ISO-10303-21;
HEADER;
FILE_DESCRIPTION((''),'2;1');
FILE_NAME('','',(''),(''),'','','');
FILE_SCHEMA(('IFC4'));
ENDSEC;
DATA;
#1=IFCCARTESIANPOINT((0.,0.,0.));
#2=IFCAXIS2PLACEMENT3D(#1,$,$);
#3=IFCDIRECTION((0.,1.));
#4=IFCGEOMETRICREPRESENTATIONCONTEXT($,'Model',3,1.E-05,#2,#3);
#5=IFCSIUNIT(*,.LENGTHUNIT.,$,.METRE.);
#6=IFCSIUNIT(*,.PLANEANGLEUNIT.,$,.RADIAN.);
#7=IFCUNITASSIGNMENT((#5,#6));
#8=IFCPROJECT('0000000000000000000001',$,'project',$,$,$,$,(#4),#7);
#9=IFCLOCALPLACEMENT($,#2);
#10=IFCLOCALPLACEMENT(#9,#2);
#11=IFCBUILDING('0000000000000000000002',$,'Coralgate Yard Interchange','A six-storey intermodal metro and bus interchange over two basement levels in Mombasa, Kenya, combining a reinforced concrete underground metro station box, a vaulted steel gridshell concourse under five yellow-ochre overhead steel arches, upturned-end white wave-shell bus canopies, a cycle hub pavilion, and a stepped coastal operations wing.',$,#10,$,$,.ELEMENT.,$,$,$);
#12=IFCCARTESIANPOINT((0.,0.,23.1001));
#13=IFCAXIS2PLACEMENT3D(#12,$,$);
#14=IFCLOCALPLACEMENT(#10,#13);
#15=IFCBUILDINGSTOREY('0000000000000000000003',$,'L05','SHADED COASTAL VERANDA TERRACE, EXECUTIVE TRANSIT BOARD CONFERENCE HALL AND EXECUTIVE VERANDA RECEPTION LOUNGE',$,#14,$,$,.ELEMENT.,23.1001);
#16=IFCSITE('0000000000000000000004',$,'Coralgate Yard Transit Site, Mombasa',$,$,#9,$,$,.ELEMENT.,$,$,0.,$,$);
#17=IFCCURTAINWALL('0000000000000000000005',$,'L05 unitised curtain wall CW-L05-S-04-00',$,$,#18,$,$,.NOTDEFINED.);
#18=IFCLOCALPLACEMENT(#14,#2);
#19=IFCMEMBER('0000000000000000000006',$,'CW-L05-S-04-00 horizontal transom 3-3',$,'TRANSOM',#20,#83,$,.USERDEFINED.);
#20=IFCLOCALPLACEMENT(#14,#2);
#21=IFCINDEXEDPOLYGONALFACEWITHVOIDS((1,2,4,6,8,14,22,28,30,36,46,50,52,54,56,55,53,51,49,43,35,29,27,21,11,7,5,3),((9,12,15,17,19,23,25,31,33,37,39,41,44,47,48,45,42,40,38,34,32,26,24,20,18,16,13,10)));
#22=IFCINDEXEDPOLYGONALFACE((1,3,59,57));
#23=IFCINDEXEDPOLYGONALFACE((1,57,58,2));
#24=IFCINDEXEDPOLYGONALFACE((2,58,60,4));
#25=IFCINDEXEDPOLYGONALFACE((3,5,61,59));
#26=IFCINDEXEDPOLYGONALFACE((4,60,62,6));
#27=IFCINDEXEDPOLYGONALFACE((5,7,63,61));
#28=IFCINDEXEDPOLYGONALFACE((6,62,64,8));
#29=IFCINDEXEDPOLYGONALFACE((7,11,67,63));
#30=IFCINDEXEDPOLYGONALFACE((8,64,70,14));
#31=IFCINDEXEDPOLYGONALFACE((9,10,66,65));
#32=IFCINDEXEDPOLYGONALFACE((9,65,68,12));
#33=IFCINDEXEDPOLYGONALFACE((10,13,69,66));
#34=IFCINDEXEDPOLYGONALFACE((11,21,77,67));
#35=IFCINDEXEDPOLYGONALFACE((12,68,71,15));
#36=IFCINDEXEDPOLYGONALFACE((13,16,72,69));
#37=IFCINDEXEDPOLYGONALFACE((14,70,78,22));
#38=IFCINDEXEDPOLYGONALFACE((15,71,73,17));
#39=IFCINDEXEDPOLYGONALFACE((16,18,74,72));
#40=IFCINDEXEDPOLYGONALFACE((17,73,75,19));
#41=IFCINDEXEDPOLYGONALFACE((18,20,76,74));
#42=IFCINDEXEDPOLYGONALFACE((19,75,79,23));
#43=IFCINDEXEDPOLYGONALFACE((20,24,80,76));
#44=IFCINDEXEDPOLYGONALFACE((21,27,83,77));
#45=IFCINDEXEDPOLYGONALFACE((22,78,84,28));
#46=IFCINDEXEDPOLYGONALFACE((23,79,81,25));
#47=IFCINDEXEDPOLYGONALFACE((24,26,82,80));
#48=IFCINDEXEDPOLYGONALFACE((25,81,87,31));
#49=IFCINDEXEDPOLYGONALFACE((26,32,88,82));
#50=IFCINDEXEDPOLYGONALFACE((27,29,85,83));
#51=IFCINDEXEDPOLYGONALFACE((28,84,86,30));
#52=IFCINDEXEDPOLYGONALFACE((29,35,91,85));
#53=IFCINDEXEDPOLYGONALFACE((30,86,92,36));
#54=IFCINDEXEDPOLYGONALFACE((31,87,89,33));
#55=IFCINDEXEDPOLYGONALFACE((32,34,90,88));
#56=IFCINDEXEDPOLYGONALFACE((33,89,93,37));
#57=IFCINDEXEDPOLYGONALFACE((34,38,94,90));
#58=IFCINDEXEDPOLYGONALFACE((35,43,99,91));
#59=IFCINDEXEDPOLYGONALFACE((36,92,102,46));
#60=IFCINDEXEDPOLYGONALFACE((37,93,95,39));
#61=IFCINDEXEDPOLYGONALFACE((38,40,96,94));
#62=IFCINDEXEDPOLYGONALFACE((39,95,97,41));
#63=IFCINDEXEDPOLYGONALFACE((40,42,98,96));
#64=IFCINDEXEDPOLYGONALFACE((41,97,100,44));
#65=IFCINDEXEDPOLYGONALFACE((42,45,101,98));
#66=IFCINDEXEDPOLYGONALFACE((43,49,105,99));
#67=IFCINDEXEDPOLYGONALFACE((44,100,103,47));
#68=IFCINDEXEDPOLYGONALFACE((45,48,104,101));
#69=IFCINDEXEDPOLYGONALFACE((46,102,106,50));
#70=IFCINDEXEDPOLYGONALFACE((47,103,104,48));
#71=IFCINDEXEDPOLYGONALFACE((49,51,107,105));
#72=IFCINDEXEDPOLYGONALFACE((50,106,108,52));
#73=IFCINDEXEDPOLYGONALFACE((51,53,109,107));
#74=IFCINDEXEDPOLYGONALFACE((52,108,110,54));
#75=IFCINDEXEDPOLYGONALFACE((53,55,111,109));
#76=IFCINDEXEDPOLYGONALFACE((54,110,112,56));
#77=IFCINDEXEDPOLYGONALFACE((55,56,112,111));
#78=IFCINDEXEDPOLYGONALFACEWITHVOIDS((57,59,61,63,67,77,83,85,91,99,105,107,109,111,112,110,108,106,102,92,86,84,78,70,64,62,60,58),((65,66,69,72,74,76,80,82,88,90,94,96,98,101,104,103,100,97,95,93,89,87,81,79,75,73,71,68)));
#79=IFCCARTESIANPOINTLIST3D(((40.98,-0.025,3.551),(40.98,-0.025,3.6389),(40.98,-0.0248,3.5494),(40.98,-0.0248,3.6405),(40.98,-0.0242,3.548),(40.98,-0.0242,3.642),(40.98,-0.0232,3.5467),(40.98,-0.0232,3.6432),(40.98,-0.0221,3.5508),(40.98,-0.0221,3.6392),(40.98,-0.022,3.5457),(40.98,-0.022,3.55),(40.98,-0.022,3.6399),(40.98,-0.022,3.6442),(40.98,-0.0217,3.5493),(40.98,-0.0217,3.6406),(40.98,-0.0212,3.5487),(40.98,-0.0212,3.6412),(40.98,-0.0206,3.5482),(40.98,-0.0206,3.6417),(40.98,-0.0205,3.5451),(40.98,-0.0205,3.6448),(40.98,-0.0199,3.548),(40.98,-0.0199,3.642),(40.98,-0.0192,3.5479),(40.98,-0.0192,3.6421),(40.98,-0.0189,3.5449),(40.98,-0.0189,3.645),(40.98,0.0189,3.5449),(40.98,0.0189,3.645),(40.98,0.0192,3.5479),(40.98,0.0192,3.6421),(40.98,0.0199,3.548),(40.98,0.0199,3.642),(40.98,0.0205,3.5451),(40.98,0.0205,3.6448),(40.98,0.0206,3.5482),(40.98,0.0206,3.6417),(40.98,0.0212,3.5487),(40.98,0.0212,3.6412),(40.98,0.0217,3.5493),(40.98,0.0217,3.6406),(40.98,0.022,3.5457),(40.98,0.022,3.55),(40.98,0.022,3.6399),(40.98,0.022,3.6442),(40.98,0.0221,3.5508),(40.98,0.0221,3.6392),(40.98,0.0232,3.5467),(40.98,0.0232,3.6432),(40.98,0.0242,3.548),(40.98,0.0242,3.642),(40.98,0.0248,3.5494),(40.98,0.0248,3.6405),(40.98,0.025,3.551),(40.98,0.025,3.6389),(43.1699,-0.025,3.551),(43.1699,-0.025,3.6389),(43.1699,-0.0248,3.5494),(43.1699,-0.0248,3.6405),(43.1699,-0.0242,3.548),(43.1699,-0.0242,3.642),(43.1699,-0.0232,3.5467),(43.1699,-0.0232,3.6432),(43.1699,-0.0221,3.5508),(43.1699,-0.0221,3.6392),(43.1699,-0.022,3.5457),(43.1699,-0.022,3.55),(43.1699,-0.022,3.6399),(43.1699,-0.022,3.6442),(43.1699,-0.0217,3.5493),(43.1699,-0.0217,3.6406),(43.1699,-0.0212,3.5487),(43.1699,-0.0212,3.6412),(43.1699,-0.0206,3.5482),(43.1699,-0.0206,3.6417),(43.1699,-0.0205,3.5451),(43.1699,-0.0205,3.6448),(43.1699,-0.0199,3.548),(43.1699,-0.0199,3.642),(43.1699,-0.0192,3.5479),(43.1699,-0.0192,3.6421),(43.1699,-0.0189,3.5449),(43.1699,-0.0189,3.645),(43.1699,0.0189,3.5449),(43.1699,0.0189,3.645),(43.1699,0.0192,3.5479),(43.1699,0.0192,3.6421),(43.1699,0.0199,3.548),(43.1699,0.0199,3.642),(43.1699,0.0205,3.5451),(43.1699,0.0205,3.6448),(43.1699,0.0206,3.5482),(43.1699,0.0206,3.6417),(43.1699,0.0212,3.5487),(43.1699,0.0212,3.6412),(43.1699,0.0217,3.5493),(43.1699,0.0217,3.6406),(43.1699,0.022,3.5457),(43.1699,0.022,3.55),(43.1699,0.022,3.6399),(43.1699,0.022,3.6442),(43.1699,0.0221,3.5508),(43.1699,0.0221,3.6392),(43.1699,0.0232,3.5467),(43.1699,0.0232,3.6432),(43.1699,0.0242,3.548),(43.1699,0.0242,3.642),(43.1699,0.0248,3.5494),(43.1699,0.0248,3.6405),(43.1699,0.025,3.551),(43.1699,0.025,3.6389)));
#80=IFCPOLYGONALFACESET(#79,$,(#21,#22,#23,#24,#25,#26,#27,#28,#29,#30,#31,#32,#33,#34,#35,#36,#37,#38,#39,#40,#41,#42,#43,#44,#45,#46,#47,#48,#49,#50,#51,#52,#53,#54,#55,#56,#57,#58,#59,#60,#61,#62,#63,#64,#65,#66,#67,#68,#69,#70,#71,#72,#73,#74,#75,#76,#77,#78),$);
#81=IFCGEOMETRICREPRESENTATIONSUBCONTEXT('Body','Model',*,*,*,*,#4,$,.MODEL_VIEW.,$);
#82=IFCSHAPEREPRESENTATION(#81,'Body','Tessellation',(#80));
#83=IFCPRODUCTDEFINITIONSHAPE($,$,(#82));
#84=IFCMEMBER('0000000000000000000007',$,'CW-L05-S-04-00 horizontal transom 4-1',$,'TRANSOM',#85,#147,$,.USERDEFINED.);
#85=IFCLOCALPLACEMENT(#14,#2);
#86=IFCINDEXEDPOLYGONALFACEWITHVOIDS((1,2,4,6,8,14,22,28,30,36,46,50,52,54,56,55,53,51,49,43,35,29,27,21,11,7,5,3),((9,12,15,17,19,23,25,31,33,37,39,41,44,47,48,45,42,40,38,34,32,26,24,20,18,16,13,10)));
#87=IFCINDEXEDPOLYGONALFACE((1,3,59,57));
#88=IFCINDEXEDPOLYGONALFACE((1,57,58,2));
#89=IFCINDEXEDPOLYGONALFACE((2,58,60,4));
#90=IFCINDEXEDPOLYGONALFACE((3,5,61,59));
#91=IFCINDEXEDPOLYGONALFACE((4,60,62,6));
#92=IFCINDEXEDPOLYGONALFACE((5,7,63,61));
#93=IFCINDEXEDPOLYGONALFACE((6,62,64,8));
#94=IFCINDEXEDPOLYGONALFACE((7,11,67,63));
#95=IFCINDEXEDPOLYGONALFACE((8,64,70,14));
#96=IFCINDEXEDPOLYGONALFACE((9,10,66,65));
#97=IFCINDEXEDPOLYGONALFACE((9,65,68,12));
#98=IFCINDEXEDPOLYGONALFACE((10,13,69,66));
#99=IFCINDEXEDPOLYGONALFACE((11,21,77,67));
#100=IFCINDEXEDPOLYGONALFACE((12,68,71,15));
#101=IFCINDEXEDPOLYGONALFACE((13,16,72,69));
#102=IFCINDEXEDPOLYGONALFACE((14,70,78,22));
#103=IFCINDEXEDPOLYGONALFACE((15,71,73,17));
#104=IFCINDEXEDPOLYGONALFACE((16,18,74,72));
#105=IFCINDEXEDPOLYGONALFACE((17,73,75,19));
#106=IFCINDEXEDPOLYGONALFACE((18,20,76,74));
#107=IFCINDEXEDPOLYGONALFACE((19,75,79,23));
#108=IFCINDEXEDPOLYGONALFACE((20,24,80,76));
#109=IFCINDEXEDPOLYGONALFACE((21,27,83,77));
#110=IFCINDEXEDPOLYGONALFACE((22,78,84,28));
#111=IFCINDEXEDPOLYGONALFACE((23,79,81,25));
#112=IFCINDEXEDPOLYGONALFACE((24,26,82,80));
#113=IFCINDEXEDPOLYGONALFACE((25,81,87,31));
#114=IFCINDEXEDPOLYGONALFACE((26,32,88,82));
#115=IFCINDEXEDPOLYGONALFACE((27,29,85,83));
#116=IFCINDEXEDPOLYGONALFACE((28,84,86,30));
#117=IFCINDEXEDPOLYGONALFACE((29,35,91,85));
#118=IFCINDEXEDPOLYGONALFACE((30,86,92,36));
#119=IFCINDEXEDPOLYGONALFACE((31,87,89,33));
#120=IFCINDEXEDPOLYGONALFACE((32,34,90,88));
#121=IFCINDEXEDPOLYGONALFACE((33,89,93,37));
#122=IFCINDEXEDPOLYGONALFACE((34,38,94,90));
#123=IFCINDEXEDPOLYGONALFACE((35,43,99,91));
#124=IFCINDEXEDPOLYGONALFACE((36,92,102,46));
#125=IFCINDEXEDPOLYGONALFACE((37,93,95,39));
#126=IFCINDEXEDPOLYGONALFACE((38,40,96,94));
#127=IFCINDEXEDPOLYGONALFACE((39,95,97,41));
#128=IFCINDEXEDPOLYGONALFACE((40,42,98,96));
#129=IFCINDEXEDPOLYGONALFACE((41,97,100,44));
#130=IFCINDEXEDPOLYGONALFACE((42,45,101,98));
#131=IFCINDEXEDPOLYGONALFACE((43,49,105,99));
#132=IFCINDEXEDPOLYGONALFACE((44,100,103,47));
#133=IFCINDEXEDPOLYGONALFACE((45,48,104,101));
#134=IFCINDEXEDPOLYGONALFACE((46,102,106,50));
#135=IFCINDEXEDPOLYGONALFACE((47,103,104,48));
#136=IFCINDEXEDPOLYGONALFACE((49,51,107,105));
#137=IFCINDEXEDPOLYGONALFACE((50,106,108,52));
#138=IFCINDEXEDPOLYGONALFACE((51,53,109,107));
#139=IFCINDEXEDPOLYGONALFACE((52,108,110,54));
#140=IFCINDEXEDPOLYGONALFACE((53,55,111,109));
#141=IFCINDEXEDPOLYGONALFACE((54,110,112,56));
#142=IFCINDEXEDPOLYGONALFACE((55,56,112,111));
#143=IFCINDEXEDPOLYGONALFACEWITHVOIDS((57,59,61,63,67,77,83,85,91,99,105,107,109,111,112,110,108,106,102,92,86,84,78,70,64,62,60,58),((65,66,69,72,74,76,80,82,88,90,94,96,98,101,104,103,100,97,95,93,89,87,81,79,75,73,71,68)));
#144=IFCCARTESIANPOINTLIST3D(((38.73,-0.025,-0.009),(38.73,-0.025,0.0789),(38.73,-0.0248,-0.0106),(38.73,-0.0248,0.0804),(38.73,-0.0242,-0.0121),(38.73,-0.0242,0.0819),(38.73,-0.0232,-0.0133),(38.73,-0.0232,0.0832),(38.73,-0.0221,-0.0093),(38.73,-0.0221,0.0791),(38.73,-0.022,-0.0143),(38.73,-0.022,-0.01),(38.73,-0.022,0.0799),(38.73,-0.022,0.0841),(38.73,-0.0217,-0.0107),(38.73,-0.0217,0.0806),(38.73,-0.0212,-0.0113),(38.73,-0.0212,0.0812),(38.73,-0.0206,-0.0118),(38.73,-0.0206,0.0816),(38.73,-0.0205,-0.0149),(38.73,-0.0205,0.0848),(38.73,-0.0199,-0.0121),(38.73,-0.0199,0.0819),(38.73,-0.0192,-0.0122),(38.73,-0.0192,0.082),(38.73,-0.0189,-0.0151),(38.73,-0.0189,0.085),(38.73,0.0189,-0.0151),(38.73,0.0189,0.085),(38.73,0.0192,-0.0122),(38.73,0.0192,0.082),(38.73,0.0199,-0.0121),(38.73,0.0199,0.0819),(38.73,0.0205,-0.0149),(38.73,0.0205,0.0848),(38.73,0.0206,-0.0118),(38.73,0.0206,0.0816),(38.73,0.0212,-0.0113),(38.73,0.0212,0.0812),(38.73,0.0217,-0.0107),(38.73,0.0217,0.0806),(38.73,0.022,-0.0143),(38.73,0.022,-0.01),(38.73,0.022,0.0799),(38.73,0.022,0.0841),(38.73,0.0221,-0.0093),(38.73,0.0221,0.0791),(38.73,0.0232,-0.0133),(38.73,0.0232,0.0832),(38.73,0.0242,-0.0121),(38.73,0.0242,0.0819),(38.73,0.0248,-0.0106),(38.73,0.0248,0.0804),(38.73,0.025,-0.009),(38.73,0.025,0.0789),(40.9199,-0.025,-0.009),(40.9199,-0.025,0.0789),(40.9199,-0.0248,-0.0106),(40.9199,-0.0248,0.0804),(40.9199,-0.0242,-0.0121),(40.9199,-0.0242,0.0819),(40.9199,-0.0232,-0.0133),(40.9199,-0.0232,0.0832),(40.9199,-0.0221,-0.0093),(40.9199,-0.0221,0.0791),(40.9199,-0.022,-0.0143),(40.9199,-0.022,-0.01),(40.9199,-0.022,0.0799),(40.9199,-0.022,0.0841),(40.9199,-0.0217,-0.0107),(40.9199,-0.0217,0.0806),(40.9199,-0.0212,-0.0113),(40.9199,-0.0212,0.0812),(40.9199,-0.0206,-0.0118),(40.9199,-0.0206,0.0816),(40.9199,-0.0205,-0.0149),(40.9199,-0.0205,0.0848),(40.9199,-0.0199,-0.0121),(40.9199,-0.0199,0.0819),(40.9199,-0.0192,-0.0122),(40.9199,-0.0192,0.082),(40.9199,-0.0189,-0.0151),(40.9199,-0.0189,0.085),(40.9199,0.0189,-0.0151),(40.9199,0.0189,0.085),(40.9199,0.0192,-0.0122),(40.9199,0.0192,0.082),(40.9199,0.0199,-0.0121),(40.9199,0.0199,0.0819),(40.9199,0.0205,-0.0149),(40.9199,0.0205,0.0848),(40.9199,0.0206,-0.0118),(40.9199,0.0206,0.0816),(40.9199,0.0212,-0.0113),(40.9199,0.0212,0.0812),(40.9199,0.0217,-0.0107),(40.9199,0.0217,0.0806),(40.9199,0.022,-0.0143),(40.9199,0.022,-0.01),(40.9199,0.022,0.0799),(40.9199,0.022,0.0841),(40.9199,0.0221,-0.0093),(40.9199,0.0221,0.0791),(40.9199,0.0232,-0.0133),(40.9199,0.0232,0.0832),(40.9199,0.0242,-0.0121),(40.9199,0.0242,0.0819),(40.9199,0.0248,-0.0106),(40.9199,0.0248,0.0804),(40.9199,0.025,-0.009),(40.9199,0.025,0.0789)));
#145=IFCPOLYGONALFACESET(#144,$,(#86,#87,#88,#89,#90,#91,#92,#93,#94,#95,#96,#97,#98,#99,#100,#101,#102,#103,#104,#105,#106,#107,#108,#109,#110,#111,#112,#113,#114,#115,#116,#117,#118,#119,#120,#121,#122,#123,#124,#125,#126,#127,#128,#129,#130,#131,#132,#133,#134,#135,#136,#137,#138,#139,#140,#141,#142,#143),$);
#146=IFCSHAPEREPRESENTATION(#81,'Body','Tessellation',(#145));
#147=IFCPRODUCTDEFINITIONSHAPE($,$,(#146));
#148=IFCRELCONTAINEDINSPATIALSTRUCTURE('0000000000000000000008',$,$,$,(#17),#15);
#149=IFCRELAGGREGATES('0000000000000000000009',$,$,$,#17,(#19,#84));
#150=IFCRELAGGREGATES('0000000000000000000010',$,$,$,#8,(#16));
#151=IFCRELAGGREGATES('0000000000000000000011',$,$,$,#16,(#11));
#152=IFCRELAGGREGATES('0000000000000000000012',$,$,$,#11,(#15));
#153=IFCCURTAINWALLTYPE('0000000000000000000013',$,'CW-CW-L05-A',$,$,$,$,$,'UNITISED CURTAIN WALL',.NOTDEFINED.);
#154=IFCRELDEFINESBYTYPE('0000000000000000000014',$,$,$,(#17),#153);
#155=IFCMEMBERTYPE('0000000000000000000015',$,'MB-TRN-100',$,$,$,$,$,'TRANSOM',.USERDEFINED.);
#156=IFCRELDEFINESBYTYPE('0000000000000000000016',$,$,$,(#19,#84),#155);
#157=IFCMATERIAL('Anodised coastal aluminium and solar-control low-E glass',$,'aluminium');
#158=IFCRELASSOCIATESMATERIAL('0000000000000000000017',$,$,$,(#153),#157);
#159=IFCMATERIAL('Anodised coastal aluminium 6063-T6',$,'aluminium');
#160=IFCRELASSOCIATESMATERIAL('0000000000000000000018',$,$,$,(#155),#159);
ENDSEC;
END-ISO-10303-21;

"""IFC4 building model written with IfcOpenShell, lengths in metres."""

from ifc_helpers import new_model, si_unit, direction, frame, origin, origin_2d, place, context, subcontext, project, spatial, hollow_rectangle, extrude, material, material_profile, profile_set, type_object, element, aggregate, save


model = new_model("IFC4")

# Units and contexts
model_context = context("Model", 3, precision=1e-05, world=origin(), true_north=direction((0.0, 1.0)))
body_context = subcontext(model_context, "Body", "Model", "MODEL_VIEW")
ifc_project = project(units=[si_unit("LENGTHUNIT", "METRE"), si_unit("PLANEANGLEUNIT", "RADIAN")], contexts=[model_context])

# Site, building, storey
site_placement = place(None, origin())
site = spatial("IfcSite", under=ifc_project, at=site_placement, Name="Coralgate Yard Transit Site, Mombasa", CompositionType="ELEMENT", RefElevation=0.0)
building_placement = place(site_placement, origin())
building = spatial("IfcBuilding", under=site, at=building_placement, Name="Coralgate Yard Interchange", Description="A six-storey intermodal metro and bus interchange over two basement levels in Mombasa, Kenya, combining a reinforced concrete underground metro station box, a vaulted steel gridshell concourse under five yellow-ochre overhead steel arches, upturned-end white wave-shell bus canopies, a cycle hub pavilion, and a stepped coastal operations wing.", CompositionType="ELEMENT")
storey_placement = place(building_placement, frame((0.0, 0.0, 23.1001)))
storey = spatial("IfcBuildingStorey", under=building, at=storey_placement, Name="L05", Description="SHADED COASTAL VERANDA TERRACE, EXECUTIVE TRANSIT BOARD CONFERENCE HALL AND EXECUTIVE VERANDA RECEPTION LOUNGE", CompositionType="ELEMENT", Elevation=23.1001)

# Curtain wall, members
ifc_material_1 = material(Name="Anodised coastal aluminium and solar-control low-E glass", Category="aluminium")
curtain_wall_type = type_object("IfcCurtainWallType", Name="CW-CW-L05-A", ElementType="UNITISED CURTAIN WALL", PredefinedType="NOTDEFINED", material=ifc_material_1)
curtain_wall_placement = place(storey_placement, origin())
curtain_wall = element("IfcCurtainWall", 1, at=curtain_wall_placement, inside=storey, type_object=curtain_wall_type, Name="L05 unitised curtain wall CW-L05-S-04-00", PredefinedType="NOTDEFINED")
ifc_material_2 = material(Name="Anodised coastal aluminium 6063-T6", Category="aluminium")
ifc_material_profile_1 = material_profile(ifc_material_2, hollow_rectangle(XDim=0.05, YDim=0.1001, WallThickness=0.0029, InnerFilletRadius=0.0029, OuterFilletRadius=0.0061, at=origin_2d()), Name="ALU 50x100x3")
ifc_profile_set_1 = profile_set([ifc_material_profile_1], Name="Anodised coastal aluminium 6063-T6")
member_type_1 = type_object("IfcMemberType", Name="MB-TRN-100", ElementType="TRANSOM", PredefinedType="USERDEFINED", material=ifc_profile_set_1)
member_1_placement = place(storey_placement, frame((43.1699, 0.0, 3.595), z_axis=(-1.0, 0.0, 0.0), x_axis=(0.0, -1.0, 0.0)))
member_1 = element("IfcMember", 2, at=member_1_placement, type_object=member_type_1, Name="CW-L05-S-04-00 horizontal transom 3-3", ObjectType="TRANSOM", PredefinedType="USERDEFINED", context=body_context, shape_type="SweptSolid", body=[
    extrude(hollow_rectangle(XDim=0.05, YDim=0.1001, WallThickness=0.0029, InnerFilletRadius=0.0029, OuterFilletRadius=0.0061, at=origin_2d()), origin(), (0.0, 0.0, 1.0), 2.1899),
])
member_2_placement = place(storey_placement, frame((40.9199, 0.0, 0.0349), z_axis=(-1.0, 0.0, 0.0), x_axis=(0.0, -1.0, 0.0)))
member_2 = element("IfcMember", 3, at=member_2_placement, type_object=member_type_1, Name="CW-L05-S-04-00 horizontal transom 4-1", ObjectType="TRANSOM", PredefinedType="USERDEFINED", context=body_context, shape_type="SweptSolid", body=[
    extrude(hollow_rectangle(XDim=0.05, YDim=0.1001, WallThickness=0.0029, InnerFilletRadius=0.0029, OuterFilletRadius=0.0061, at=origin_2d()), origin(), (0.0, 0.0, 1.0), 2.1899),
])
aggregate(curtain_wall, [member_1, member_2])

save(model, "model.ifc")
